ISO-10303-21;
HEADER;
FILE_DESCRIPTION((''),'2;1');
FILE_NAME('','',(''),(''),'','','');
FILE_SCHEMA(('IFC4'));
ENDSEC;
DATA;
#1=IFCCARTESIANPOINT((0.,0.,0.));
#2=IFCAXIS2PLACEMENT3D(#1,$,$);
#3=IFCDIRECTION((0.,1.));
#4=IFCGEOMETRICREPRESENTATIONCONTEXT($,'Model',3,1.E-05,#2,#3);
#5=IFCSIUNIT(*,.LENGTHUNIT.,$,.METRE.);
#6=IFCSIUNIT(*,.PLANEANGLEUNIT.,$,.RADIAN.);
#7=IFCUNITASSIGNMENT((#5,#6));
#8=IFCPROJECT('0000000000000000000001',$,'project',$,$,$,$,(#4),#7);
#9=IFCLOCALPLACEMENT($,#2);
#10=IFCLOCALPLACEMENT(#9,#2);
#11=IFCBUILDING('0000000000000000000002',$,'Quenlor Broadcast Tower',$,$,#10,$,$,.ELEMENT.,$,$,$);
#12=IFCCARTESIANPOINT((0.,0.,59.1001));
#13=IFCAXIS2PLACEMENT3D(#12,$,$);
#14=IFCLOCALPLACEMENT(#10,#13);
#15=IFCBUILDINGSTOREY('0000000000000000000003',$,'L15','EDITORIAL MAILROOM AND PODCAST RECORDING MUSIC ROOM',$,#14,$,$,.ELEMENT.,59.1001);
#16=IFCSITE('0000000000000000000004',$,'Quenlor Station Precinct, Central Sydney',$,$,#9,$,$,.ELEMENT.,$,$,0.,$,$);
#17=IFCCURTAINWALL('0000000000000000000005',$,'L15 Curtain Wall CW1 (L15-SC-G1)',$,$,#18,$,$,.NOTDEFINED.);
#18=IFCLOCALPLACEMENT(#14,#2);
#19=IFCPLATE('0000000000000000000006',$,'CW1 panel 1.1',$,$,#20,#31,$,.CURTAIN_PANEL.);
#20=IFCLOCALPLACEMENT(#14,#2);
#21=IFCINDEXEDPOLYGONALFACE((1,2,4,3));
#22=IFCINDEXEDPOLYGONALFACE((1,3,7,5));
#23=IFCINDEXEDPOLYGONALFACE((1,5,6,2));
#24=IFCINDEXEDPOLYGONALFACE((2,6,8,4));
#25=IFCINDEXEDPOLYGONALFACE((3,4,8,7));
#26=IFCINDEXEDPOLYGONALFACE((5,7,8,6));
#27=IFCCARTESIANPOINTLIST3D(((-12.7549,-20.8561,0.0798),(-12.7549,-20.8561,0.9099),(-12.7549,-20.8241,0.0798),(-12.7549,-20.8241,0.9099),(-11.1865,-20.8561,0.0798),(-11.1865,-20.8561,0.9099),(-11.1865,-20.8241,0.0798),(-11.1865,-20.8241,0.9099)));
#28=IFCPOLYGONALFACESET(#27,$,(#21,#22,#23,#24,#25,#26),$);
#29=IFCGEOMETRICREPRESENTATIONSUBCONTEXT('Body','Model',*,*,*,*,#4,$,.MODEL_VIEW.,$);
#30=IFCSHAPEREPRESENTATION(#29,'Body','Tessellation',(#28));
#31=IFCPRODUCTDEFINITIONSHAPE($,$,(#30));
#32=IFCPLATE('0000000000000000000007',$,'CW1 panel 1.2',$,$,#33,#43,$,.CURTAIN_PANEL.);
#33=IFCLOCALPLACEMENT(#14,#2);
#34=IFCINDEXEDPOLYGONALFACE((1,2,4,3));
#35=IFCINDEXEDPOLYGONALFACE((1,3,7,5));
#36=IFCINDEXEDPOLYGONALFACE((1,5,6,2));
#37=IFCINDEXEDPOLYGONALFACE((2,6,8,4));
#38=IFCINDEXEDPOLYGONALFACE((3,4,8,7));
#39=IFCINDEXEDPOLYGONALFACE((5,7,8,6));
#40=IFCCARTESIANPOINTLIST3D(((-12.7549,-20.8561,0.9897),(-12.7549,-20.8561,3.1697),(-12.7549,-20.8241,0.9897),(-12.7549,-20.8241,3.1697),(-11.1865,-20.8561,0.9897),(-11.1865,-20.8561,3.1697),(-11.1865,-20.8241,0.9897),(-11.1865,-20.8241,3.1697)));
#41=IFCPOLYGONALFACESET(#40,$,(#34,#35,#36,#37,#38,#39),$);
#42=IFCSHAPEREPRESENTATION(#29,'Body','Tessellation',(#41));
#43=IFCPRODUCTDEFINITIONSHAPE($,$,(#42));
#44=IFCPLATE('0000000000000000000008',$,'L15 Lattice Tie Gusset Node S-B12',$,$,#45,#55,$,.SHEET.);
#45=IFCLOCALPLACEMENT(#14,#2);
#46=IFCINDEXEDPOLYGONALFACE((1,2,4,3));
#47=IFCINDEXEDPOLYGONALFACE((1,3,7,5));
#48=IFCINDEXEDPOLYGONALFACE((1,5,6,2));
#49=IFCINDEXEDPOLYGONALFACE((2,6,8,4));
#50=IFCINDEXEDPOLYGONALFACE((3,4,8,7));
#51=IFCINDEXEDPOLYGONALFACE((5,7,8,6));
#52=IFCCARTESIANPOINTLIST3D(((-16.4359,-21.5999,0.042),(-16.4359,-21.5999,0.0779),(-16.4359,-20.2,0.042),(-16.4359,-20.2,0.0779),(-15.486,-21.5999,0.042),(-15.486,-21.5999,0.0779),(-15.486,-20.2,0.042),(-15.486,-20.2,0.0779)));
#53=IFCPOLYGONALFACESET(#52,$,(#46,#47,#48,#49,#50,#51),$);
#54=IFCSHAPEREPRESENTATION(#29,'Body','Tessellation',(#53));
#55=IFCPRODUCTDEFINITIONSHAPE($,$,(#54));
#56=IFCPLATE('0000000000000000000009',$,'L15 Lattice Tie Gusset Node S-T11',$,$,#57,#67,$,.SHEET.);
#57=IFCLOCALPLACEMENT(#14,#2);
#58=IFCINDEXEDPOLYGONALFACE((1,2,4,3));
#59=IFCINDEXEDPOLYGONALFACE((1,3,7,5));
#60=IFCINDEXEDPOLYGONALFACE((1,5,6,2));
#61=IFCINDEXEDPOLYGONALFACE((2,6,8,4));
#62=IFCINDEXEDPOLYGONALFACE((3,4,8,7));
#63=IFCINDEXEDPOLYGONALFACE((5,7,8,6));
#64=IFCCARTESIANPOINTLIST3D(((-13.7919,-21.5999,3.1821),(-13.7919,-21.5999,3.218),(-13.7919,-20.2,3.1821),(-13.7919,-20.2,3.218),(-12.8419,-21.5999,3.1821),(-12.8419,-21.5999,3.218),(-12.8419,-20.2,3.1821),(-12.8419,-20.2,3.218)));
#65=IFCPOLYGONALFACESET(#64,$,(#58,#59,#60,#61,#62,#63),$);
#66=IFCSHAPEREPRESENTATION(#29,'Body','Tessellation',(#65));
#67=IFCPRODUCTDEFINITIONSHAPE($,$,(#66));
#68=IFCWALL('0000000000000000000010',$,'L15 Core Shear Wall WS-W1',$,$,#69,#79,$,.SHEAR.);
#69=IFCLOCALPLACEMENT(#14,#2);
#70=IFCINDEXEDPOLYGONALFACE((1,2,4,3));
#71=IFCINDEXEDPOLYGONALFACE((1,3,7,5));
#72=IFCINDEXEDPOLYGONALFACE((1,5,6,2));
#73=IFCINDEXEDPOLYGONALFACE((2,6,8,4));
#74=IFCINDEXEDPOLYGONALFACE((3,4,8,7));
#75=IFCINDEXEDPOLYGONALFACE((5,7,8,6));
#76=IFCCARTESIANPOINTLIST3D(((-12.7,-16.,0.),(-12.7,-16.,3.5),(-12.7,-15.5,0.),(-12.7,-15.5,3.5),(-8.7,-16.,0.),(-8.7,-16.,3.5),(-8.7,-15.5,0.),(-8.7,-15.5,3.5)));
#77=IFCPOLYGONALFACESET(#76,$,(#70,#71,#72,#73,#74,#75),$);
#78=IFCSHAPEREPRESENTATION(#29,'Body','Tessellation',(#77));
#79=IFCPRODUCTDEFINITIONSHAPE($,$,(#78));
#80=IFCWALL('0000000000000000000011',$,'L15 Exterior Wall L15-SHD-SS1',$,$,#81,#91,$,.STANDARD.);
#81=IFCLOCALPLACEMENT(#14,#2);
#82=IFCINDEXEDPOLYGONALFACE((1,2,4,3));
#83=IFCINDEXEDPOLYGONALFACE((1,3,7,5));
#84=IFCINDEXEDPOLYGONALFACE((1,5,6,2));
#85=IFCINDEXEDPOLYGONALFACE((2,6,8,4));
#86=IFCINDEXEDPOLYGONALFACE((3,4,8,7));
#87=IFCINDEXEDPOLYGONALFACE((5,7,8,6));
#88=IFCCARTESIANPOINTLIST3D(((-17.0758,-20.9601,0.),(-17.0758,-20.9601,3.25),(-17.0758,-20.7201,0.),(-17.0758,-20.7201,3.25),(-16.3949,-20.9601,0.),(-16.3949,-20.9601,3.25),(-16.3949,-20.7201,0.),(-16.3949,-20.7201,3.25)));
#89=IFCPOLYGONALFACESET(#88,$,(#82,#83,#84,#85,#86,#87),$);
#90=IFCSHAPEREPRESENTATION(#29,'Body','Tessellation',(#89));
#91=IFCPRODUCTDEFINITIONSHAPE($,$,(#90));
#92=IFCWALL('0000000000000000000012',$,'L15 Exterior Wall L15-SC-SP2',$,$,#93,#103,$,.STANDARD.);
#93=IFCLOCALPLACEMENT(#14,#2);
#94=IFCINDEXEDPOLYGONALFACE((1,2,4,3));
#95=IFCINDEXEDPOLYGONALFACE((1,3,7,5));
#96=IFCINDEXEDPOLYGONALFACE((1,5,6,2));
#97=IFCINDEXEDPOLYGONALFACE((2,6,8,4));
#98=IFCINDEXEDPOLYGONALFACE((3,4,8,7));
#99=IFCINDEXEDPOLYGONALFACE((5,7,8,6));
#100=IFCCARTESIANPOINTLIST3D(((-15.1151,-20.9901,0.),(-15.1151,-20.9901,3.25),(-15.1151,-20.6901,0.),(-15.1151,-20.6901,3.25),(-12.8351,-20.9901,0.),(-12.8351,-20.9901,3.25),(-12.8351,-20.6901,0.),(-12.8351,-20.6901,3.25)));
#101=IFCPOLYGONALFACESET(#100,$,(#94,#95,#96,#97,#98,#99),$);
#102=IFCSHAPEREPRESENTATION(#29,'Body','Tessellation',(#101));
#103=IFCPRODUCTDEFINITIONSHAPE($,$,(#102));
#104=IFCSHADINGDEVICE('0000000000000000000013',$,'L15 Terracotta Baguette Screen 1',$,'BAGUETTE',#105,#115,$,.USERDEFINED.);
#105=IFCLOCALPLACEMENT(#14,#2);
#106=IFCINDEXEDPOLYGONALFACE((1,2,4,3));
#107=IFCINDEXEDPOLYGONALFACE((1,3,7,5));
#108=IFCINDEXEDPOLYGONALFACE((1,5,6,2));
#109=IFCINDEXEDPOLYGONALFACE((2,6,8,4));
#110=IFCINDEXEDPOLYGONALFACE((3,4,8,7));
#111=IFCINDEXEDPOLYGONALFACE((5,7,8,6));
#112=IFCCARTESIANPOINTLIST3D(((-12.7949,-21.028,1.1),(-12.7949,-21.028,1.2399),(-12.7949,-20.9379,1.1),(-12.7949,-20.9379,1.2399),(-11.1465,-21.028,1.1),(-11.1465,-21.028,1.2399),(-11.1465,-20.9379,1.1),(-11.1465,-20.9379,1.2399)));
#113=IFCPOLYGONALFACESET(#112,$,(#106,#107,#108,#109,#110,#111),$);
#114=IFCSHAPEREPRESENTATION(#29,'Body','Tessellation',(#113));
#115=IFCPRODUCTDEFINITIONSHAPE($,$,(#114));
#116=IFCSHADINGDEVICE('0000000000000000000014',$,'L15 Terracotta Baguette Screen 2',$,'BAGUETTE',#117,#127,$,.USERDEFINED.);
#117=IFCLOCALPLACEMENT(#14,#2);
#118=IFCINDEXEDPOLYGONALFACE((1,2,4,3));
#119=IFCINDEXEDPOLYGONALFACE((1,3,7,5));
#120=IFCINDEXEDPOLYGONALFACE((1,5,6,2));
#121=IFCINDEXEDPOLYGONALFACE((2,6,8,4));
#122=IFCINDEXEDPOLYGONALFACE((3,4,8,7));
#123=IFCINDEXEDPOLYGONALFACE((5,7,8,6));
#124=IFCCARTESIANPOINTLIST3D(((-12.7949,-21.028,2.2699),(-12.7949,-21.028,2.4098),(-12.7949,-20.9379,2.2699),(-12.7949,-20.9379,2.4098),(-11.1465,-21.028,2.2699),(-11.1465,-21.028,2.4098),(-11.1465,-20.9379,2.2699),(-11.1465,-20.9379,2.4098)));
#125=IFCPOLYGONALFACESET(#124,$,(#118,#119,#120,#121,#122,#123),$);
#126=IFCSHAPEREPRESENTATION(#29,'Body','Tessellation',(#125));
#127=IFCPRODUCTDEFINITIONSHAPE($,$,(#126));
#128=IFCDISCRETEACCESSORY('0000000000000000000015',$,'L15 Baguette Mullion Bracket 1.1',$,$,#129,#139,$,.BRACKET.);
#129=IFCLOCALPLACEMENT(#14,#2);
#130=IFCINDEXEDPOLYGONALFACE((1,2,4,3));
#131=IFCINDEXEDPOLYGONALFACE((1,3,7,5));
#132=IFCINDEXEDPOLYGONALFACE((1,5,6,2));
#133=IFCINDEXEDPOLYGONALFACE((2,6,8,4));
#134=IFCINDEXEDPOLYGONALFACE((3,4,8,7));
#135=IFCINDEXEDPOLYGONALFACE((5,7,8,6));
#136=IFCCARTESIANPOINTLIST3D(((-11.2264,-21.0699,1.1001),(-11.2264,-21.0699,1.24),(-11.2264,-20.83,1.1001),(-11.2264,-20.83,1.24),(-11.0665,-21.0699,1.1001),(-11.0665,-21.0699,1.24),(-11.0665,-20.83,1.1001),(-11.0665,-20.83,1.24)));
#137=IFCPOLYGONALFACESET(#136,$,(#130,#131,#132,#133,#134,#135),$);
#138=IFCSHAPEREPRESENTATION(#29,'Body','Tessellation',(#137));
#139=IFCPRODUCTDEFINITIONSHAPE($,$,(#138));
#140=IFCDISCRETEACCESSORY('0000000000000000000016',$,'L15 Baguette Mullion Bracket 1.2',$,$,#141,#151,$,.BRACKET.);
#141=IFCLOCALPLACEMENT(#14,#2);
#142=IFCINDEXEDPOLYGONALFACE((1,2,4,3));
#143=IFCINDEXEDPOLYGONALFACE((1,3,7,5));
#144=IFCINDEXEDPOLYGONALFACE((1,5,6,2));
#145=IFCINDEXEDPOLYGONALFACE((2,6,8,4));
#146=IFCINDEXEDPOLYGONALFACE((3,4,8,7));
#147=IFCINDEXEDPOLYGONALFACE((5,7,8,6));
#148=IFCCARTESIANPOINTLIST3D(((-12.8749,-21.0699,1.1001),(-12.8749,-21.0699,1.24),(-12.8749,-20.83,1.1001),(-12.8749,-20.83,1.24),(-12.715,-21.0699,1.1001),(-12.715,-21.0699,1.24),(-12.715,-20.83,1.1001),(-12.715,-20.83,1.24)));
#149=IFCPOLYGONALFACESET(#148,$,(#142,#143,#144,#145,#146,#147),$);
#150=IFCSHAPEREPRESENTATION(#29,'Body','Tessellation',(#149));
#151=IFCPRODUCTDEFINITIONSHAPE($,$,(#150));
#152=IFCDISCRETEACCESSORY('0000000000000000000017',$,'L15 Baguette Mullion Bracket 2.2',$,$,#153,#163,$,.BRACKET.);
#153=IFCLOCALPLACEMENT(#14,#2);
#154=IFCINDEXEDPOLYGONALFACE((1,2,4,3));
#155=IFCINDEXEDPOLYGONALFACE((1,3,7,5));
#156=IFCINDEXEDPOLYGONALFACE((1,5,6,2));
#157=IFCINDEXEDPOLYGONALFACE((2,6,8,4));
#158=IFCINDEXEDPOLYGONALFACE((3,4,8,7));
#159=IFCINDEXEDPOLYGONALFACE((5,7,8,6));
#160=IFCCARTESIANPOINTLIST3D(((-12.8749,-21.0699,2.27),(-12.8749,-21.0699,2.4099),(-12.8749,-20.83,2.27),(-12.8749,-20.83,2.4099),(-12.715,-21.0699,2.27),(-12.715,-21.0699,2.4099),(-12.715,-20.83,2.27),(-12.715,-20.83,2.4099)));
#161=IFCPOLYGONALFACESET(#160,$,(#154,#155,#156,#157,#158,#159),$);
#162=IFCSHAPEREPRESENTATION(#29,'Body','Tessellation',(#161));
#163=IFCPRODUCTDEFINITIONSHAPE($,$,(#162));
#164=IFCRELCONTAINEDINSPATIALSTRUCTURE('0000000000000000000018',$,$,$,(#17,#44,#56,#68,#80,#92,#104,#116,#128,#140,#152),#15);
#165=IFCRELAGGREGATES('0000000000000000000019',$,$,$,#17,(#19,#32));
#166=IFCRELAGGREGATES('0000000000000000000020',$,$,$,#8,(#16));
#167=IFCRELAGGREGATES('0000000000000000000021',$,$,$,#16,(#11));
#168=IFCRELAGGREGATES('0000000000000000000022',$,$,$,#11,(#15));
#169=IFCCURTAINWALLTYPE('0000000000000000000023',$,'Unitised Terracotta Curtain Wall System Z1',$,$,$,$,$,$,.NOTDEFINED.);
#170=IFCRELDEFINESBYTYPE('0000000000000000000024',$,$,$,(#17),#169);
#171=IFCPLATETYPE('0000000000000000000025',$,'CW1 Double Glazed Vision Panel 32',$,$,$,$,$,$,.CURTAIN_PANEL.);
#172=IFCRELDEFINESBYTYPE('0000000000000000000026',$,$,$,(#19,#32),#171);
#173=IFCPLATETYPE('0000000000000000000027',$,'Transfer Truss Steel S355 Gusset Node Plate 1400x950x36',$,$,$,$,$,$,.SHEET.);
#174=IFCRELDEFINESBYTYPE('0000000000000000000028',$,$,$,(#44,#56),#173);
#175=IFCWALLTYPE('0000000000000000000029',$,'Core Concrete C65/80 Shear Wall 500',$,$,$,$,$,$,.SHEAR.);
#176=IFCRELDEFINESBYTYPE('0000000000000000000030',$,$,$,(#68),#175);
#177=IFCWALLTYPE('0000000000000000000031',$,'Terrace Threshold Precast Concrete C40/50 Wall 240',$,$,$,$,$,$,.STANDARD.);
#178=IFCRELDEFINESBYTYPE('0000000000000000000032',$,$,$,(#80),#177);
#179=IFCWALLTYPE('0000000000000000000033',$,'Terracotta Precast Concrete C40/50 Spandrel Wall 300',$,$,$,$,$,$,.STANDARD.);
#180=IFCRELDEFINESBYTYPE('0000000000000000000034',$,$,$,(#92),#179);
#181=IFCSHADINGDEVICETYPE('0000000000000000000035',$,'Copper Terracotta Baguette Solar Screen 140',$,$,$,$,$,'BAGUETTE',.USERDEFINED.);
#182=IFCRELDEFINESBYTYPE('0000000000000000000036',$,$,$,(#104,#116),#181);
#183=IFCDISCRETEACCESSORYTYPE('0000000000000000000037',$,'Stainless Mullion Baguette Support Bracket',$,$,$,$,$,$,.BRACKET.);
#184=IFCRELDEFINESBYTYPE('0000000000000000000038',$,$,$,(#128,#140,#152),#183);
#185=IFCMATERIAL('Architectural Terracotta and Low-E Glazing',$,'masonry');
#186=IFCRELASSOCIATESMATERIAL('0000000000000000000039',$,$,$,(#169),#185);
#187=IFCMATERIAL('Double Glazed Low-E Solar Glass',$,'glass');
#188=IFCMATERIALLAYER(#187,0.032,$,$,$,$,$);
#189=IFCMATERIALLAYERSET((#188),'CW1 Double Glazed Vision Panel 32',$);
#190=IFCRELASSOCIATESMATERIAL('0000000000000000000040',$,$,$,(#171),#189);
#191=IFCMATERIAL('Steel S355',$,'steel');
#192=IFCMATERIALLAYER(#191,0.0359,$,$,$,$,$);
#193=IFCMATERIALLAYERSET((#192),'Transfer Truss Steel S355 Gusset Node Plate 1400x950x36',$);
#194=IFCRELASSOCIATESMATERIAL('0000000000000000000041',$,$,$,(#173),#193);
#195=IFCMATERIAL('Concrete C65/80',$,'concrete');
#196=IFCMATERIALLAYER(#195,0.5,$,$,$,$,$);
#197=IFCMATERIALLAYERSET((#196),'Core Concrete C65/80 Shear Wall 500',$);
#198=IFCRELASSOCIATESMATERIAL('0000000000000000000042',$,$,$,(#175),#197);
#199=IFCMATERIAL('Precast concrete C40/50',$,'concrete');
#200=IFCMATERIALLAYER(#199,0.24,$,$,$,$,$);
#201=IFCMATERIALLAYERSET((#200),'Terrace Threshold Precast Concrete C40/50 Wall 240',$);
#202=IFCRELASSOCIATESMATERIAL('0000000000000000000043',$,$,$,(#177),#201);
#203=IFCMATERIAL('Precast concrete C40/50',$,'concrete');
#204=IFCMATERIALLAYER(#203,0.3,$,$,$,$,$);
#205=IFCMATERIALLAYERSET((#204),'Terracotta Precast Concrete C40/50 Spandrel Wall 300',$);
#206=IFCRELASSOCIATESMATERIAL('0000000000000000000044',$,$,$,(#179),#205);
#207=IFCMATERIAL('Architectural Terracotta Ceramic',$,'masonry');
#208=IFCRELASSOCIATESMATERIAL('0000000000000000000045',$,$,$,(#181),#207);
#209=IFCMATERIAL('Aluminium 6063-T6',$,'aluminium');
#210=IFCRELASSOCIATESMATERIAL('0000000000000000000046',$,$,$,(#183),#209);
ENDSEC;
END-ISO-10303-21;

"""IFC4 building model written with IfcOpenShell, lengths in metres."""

from ifc_helpers import new_model, si_unit, direction, frame, frame_2d, origin, origin_2d, place, context, subcontext, project, spatial, rectangle, extrude, material, layer, layer_set, material_profile, profile_set, type_object, element, aggregate, save


model = new_model("IFC4")

# Units and contexts
model_context = context("Model", 3, precision=1e-05, world=origin(), true_north=direction((0.0, 1.0)))
body_context = subcontext(model_context, "Body", "Model", "MODEL_VIEW")
ifc_project = project(units=[si_unit("LENGTHUNIT", "METRE"), si_unit("PLANEANGLEUNIT", "RADIAN")], contexts=[model_context])

# Site, building, storey
site_placement = place(None, origin())
site = spatial("IfcSite", under=ifc_project, at=site_placement, Name="Quenlor Station Precinct, Central Sydney", CompositionType="ELEMENT", RefElevation=0.0)
building_placement = place(site_placement, origin())
building = spatial("IfcBuilding", under=site, at=building_placement, Name="Quenlor Broadcast Tower", CompositionType="ELEMENT")
storey_placement = place(building_placement, frame((0.0, 0.0, 59.1001)))
storey = spatial("IfcBuildingStorey", under=building, at=storey_placement, Name="L15", Description="EDITORIAL MAILROOM AND PODCAST RECORDING MUSIC ROOM", CompositionType="ELEMENT", Elevation=59.1001)

# Curtain wall
ifc_material_1 = material(Name="Architectural Terracotta and Low-E Glazing", Category="masonry")
curtain_wall_type = type_object("IfcCurtainWallType", Name="Unitised Terracotta Curtain Wall System Z1", PredefinedType="NOTDEFINED", material=ifc_material_1)
curtain_wall_placement = place(storey_placement, origin())
curtain_wall = element("IfcCurtainWall", 1, at=curtain_wall_placement, inside=storey, type_object=curtain_wall_type, Name="L15 Curtain Wall CW1 (L15-SC-G1)", PredefinedType="NOTDEFINED")

# Plates
ifc_material_2 = material(Name="Double Glazed Low-E Solar Glass", Category="glass")
ifc_layer_1 = layer(ifc_material_2, 0.032)
ifc_layer_set_1 = layer_set([ifc_layer_1], Name="CW1 Double Glazed Vision Panel 32")
plate_type_1 = type_object("IfcPlateType", Name="CW1 Double Glazed Vision Panel 32", PredefinedType="CURTAIN_PANEL", material=ifc_layer_set_1)
plate_1_placement = place(storey_placement, frame((-11.9707, -20.8401, 0.0798), z_axis=(0.0, 0.0, 1.0), x_axis=(-1.0, 0.0, 0.0)))
plate_1 = element("IfcPlate", 2, at=plate_1_placement, type_object=plate_type_1, Name="CW1 panel 1.1", PredefinedType="CURTAIN_PANEL", context=body_context, shape_type="SweptSolid", body=[
    extrude(rectangle(XDim=1.5684, YDim=0.032, at=origin_2d()), origin(), (0.0, 0.0, 1.0), 0.8301),
])
plate_2_placement = place(storey_placement, frame((-11.9707, -20.8401, 0.9897), z_axis=(0.0, 0.0, 1.0), x_axis=(-1.0, 0.0, 0.0)))
plate_2 = element("IfcPlate", 3, at=plate_2_placement, type_object=plate_type_1, Name="CW1 panel 1.2", PredefinedType="CURTAIN_PANEL", context=body_context, shape_type="SweptSolid", body=[
    extrude(rectangle(XDim=1.5684, YDim=0.032, at=origin_2d()), origin(), (0.0, 0.0, 1.0), 2.1799),
])
aggregate(curtain_wall, [plate_1, plate_2])

# Plates
ifc_material_3 = material(Name="Steel S355", Category="steel")
ifc_layer_2 = layer(ifc_material_3, 0.0359)
ifc_layer_set_2 = layer_set([ifc_layer_2], Name="Transfer Truss Steel S355 Gusset Node Plate 1400x950x36")
plate_type_2 = type_object("IfcPlateType", Name="Transfer Truss Steel S355 Gusset Node Plate 1400x950x36", PredefinedType="SHEET", material=ifc_layer_set_2)
for number, where, z_axis, x_axis, name in (
    (4, (-15.9609, -20.8999, 0.042), (0.0, 0.0, 1.0), (0.0, -1.0, 0.0), "L15 Lattice Tie Gusset Node S-B12"),
    (5, (-13.3169, -20.8999, 3.1821), (0.0, 0.0, 1.0), (0.0, -1.0, 0.0), "L15 Lattice Tie Gusset Node S-T11"),
):
    element("IfcPlate", number, at=place(storey_placement, frame(where, z_axis=z_axis, x_axis=x_axis)), inside=storey, type_object=plate_type_2, Name=name, PredefinedType="SHEET", context=body_context, shape_type="SweptSolid", body=[
        extrude(rectangle(XDim=1.3999, YDim=0.95, at=origin_2d()), origin(), (0.0, 0.0, 1.0), 0.0359),
    ])

# Walls
ifc_material_4 = material(Name="Concrete C65/80", Category="concrete")
ifc_layer_3 = layer(ifc_material_4, 0.5)
ifc_layer_set_3 = layer_set([ifc_layer_3], Name="Core Concrete C65/80 Shear Wall 500")
wall_type_1 = type_object("IfcWallType", Name="Core Concrete C65/80 Shear Wall 500", PredefinedType="SHEAR", material=ifc_layer_set_3)
wall_1_placement = place(storey_placement, frame((-12.7, -15.75, 0.0), z_axis=(0.0, 0.0, 1.0), x_axis=(1.0, 0.0, 0.0)))
element("IfcWall", 6, at=wall_1_placement, inside=storey, type_object=wall_type_1, Name="L15 Core Shear Wall WS-W1", PredefinedType="SHEAR", context=body_context, shape_type="SweptSolid", body=[
    extrude(rectangle(XDim=4.0, YDim=0.5, at=frame_2d((2.0, 0.0))), origin(), (0.0, 0.0, 1.0), 3.5),
])
ifc_material_5 = material(Name="Precast concrete C40/50", Category="concrete")
ifc_layer_4 = layer(ifc_material_5, 0.24)
ifc_layer_set_4 = layer_set([ifc_layer_4], Name="Terrace Threshold Precast Concrete C40/50 Wall 240")
wall_type_2 = type_object("IfcWallType", Name="Terrace Threshold Precast Concrete C40/50 Wall 240", PredefinedType="STANDARD", material=ifc_layer_set_4)
wall_2_placement = place(storey_placement, frame((-16.395, -20.8401, 0.0), z_axis=(0.0, 0.0, 1.0), x_axis=(-1.0, 0.0, 0.0)))
element("IfcWall", 7, at=wall_2_placement, inside=storey, type_object=wall_type_2, Name="L15 Exterior Wall L15-SHD-SS1", PredefinedType="STANDARD", context=body_context, shape_type="SweptSolid", body=[
    extrude(rectangle(XDim=0.6809, YDim=0.24, at=frame_2d((0.3403, 0.0))), origin(), (0.0, 0.0, 1.0), 3.25),
])
ifc_material_6 = material(Name="Precast concrete C40/50", Category="concrete")
ifc_layer_5 = layer(ifc_material_6, 0.3)
ifc_layer_set_5 = layer_set([ifc_layer_5], Name="Terracotta Precast Concrete C40/50 Spandrel Wall 300")
wall_type_3 = type_object("IfcWallType", Name="Terracotta Precast Concrete C40/50 Spandrel Wall 300", PredefinedType="STANDARD", material=ifc_layer_set_5)
wall_3_placement = place(storey_placement, frame((-12.835, -20.8401, 0.0), z_axis=(0.0, 0.0, 1.0), x_axis=(-1.0, 0.0, 0.0)))
element("IfcWall", 8, at=wall_3_placement, inside=storey, type_object=wall_type_3, Name="L15 Exterior Wall L15-SC-SP2", PredefinedType="STANDARD", context=body_context, shape_type="SweptSolid", body=[
    extrude(rectangle(XDim=2.28, YDim=0.3, at=frame_2d((1.1401, 0.0))), origin(), (0.0, 0.0, 1.0), 3.25),
])

# Shading devices
ifc_material_7 = material(Name="Architectural Terracotta Ceramic", Category="masonry")
ifc_material_profile_1 = material_profile(ifc_material_7, rectangle(XDim=0.0901, YDim=0.1399, at=origin_2d()))
ifc_profile_set_1 = profile_set([ifc_material_profile_1], Name="Architectural Terracotta Ceramic BAG90x140")
shading_device_type = type_object("IfcShadingDeviceType", Name="Copper Terracotta Baguette Solar Screen 140", ElementType="BAGUETTE", PredefinedType="USERDEFINED", material=ifc_profile_set_1)
for number, where, z_axis, x_axis, name in (
    (9, (-11.1465, -20.9829, 1.1699), (-1.0, 0.0, 0.0), (0.0, -1.0, 0.0), "L15 Terracotta Baguette Screen 1"),
    (10, (-11.1465, -20.9829, 2.3398), (-1.0, 0.0, 0.0), (0.0, -1.0, 0.0), "L15 Terracotta Baguette Screen 2"),
):
    element("IfcShadingDevice", number, at=place(storey_placement, frame(where, z_axis=z_axis, x_axis=x_axis)), inside=storey, type_object=shading_device_type, Name=name, ObjectType="BAGUETTE", PredefinedType="USERDEFINED", context=body_context, shape_type="SweptSolid", body=[
        extrude(rectangle(XDim=0.0901, YDim=0.1399, at=origin_2d()), origin(), (0.0, 0.0, 1.0), 1.6484),
    ])

# Discrete accessories
ifc_material_8 = material(Name="Aluminium 6063-T6", Category="aluminium")
discrete_accessory_type = type_object("IfcDiscreteAccessoryType", Name="Stainless Mullion Baguette Support Bracket", PredefinedType="BRACKET", material=ifc_material_8)
for number, where, z_axis, x_axis, name in (
    (11, (-11.1465, -20.95, 1.1001), (0.0, 0.0, 1.0), (-1.0, 0.0, 0.0), "L15 Baguette Mullion Bracket 1.1"),
    (12, (-12.7949, -20.95, 1.1001), (0.0, 0.0, 1.0), (-1.0, 0.0, 0.0), "L15 Baguette Mullion Bracket 1.2"),
    (13, (-12.7949, -20.95, 2.27), (0.0, 0.0, 1.0), (-1.0, 0.0, 0.0), "L15 Baguette Mullion Bracket 2.2"),
):
    element("IfcDiscreteAccessory", number, at=place(storey_placement, frame(where, z_axis=z_axis, x_axis=x_axis)), inside=storey, type_object=discrete_accessory_type, Name=name, PredefinedType="BRACKET", context=body_context, shape_type="SweptSolid", body=[
        extrude(rectangle(XDim=0.1599, YDim=0.24, at=origin_2d()), origin(), (0.0, 0.0, 1.0), 0.1399),
    ])

save(model, "model.ifc")
